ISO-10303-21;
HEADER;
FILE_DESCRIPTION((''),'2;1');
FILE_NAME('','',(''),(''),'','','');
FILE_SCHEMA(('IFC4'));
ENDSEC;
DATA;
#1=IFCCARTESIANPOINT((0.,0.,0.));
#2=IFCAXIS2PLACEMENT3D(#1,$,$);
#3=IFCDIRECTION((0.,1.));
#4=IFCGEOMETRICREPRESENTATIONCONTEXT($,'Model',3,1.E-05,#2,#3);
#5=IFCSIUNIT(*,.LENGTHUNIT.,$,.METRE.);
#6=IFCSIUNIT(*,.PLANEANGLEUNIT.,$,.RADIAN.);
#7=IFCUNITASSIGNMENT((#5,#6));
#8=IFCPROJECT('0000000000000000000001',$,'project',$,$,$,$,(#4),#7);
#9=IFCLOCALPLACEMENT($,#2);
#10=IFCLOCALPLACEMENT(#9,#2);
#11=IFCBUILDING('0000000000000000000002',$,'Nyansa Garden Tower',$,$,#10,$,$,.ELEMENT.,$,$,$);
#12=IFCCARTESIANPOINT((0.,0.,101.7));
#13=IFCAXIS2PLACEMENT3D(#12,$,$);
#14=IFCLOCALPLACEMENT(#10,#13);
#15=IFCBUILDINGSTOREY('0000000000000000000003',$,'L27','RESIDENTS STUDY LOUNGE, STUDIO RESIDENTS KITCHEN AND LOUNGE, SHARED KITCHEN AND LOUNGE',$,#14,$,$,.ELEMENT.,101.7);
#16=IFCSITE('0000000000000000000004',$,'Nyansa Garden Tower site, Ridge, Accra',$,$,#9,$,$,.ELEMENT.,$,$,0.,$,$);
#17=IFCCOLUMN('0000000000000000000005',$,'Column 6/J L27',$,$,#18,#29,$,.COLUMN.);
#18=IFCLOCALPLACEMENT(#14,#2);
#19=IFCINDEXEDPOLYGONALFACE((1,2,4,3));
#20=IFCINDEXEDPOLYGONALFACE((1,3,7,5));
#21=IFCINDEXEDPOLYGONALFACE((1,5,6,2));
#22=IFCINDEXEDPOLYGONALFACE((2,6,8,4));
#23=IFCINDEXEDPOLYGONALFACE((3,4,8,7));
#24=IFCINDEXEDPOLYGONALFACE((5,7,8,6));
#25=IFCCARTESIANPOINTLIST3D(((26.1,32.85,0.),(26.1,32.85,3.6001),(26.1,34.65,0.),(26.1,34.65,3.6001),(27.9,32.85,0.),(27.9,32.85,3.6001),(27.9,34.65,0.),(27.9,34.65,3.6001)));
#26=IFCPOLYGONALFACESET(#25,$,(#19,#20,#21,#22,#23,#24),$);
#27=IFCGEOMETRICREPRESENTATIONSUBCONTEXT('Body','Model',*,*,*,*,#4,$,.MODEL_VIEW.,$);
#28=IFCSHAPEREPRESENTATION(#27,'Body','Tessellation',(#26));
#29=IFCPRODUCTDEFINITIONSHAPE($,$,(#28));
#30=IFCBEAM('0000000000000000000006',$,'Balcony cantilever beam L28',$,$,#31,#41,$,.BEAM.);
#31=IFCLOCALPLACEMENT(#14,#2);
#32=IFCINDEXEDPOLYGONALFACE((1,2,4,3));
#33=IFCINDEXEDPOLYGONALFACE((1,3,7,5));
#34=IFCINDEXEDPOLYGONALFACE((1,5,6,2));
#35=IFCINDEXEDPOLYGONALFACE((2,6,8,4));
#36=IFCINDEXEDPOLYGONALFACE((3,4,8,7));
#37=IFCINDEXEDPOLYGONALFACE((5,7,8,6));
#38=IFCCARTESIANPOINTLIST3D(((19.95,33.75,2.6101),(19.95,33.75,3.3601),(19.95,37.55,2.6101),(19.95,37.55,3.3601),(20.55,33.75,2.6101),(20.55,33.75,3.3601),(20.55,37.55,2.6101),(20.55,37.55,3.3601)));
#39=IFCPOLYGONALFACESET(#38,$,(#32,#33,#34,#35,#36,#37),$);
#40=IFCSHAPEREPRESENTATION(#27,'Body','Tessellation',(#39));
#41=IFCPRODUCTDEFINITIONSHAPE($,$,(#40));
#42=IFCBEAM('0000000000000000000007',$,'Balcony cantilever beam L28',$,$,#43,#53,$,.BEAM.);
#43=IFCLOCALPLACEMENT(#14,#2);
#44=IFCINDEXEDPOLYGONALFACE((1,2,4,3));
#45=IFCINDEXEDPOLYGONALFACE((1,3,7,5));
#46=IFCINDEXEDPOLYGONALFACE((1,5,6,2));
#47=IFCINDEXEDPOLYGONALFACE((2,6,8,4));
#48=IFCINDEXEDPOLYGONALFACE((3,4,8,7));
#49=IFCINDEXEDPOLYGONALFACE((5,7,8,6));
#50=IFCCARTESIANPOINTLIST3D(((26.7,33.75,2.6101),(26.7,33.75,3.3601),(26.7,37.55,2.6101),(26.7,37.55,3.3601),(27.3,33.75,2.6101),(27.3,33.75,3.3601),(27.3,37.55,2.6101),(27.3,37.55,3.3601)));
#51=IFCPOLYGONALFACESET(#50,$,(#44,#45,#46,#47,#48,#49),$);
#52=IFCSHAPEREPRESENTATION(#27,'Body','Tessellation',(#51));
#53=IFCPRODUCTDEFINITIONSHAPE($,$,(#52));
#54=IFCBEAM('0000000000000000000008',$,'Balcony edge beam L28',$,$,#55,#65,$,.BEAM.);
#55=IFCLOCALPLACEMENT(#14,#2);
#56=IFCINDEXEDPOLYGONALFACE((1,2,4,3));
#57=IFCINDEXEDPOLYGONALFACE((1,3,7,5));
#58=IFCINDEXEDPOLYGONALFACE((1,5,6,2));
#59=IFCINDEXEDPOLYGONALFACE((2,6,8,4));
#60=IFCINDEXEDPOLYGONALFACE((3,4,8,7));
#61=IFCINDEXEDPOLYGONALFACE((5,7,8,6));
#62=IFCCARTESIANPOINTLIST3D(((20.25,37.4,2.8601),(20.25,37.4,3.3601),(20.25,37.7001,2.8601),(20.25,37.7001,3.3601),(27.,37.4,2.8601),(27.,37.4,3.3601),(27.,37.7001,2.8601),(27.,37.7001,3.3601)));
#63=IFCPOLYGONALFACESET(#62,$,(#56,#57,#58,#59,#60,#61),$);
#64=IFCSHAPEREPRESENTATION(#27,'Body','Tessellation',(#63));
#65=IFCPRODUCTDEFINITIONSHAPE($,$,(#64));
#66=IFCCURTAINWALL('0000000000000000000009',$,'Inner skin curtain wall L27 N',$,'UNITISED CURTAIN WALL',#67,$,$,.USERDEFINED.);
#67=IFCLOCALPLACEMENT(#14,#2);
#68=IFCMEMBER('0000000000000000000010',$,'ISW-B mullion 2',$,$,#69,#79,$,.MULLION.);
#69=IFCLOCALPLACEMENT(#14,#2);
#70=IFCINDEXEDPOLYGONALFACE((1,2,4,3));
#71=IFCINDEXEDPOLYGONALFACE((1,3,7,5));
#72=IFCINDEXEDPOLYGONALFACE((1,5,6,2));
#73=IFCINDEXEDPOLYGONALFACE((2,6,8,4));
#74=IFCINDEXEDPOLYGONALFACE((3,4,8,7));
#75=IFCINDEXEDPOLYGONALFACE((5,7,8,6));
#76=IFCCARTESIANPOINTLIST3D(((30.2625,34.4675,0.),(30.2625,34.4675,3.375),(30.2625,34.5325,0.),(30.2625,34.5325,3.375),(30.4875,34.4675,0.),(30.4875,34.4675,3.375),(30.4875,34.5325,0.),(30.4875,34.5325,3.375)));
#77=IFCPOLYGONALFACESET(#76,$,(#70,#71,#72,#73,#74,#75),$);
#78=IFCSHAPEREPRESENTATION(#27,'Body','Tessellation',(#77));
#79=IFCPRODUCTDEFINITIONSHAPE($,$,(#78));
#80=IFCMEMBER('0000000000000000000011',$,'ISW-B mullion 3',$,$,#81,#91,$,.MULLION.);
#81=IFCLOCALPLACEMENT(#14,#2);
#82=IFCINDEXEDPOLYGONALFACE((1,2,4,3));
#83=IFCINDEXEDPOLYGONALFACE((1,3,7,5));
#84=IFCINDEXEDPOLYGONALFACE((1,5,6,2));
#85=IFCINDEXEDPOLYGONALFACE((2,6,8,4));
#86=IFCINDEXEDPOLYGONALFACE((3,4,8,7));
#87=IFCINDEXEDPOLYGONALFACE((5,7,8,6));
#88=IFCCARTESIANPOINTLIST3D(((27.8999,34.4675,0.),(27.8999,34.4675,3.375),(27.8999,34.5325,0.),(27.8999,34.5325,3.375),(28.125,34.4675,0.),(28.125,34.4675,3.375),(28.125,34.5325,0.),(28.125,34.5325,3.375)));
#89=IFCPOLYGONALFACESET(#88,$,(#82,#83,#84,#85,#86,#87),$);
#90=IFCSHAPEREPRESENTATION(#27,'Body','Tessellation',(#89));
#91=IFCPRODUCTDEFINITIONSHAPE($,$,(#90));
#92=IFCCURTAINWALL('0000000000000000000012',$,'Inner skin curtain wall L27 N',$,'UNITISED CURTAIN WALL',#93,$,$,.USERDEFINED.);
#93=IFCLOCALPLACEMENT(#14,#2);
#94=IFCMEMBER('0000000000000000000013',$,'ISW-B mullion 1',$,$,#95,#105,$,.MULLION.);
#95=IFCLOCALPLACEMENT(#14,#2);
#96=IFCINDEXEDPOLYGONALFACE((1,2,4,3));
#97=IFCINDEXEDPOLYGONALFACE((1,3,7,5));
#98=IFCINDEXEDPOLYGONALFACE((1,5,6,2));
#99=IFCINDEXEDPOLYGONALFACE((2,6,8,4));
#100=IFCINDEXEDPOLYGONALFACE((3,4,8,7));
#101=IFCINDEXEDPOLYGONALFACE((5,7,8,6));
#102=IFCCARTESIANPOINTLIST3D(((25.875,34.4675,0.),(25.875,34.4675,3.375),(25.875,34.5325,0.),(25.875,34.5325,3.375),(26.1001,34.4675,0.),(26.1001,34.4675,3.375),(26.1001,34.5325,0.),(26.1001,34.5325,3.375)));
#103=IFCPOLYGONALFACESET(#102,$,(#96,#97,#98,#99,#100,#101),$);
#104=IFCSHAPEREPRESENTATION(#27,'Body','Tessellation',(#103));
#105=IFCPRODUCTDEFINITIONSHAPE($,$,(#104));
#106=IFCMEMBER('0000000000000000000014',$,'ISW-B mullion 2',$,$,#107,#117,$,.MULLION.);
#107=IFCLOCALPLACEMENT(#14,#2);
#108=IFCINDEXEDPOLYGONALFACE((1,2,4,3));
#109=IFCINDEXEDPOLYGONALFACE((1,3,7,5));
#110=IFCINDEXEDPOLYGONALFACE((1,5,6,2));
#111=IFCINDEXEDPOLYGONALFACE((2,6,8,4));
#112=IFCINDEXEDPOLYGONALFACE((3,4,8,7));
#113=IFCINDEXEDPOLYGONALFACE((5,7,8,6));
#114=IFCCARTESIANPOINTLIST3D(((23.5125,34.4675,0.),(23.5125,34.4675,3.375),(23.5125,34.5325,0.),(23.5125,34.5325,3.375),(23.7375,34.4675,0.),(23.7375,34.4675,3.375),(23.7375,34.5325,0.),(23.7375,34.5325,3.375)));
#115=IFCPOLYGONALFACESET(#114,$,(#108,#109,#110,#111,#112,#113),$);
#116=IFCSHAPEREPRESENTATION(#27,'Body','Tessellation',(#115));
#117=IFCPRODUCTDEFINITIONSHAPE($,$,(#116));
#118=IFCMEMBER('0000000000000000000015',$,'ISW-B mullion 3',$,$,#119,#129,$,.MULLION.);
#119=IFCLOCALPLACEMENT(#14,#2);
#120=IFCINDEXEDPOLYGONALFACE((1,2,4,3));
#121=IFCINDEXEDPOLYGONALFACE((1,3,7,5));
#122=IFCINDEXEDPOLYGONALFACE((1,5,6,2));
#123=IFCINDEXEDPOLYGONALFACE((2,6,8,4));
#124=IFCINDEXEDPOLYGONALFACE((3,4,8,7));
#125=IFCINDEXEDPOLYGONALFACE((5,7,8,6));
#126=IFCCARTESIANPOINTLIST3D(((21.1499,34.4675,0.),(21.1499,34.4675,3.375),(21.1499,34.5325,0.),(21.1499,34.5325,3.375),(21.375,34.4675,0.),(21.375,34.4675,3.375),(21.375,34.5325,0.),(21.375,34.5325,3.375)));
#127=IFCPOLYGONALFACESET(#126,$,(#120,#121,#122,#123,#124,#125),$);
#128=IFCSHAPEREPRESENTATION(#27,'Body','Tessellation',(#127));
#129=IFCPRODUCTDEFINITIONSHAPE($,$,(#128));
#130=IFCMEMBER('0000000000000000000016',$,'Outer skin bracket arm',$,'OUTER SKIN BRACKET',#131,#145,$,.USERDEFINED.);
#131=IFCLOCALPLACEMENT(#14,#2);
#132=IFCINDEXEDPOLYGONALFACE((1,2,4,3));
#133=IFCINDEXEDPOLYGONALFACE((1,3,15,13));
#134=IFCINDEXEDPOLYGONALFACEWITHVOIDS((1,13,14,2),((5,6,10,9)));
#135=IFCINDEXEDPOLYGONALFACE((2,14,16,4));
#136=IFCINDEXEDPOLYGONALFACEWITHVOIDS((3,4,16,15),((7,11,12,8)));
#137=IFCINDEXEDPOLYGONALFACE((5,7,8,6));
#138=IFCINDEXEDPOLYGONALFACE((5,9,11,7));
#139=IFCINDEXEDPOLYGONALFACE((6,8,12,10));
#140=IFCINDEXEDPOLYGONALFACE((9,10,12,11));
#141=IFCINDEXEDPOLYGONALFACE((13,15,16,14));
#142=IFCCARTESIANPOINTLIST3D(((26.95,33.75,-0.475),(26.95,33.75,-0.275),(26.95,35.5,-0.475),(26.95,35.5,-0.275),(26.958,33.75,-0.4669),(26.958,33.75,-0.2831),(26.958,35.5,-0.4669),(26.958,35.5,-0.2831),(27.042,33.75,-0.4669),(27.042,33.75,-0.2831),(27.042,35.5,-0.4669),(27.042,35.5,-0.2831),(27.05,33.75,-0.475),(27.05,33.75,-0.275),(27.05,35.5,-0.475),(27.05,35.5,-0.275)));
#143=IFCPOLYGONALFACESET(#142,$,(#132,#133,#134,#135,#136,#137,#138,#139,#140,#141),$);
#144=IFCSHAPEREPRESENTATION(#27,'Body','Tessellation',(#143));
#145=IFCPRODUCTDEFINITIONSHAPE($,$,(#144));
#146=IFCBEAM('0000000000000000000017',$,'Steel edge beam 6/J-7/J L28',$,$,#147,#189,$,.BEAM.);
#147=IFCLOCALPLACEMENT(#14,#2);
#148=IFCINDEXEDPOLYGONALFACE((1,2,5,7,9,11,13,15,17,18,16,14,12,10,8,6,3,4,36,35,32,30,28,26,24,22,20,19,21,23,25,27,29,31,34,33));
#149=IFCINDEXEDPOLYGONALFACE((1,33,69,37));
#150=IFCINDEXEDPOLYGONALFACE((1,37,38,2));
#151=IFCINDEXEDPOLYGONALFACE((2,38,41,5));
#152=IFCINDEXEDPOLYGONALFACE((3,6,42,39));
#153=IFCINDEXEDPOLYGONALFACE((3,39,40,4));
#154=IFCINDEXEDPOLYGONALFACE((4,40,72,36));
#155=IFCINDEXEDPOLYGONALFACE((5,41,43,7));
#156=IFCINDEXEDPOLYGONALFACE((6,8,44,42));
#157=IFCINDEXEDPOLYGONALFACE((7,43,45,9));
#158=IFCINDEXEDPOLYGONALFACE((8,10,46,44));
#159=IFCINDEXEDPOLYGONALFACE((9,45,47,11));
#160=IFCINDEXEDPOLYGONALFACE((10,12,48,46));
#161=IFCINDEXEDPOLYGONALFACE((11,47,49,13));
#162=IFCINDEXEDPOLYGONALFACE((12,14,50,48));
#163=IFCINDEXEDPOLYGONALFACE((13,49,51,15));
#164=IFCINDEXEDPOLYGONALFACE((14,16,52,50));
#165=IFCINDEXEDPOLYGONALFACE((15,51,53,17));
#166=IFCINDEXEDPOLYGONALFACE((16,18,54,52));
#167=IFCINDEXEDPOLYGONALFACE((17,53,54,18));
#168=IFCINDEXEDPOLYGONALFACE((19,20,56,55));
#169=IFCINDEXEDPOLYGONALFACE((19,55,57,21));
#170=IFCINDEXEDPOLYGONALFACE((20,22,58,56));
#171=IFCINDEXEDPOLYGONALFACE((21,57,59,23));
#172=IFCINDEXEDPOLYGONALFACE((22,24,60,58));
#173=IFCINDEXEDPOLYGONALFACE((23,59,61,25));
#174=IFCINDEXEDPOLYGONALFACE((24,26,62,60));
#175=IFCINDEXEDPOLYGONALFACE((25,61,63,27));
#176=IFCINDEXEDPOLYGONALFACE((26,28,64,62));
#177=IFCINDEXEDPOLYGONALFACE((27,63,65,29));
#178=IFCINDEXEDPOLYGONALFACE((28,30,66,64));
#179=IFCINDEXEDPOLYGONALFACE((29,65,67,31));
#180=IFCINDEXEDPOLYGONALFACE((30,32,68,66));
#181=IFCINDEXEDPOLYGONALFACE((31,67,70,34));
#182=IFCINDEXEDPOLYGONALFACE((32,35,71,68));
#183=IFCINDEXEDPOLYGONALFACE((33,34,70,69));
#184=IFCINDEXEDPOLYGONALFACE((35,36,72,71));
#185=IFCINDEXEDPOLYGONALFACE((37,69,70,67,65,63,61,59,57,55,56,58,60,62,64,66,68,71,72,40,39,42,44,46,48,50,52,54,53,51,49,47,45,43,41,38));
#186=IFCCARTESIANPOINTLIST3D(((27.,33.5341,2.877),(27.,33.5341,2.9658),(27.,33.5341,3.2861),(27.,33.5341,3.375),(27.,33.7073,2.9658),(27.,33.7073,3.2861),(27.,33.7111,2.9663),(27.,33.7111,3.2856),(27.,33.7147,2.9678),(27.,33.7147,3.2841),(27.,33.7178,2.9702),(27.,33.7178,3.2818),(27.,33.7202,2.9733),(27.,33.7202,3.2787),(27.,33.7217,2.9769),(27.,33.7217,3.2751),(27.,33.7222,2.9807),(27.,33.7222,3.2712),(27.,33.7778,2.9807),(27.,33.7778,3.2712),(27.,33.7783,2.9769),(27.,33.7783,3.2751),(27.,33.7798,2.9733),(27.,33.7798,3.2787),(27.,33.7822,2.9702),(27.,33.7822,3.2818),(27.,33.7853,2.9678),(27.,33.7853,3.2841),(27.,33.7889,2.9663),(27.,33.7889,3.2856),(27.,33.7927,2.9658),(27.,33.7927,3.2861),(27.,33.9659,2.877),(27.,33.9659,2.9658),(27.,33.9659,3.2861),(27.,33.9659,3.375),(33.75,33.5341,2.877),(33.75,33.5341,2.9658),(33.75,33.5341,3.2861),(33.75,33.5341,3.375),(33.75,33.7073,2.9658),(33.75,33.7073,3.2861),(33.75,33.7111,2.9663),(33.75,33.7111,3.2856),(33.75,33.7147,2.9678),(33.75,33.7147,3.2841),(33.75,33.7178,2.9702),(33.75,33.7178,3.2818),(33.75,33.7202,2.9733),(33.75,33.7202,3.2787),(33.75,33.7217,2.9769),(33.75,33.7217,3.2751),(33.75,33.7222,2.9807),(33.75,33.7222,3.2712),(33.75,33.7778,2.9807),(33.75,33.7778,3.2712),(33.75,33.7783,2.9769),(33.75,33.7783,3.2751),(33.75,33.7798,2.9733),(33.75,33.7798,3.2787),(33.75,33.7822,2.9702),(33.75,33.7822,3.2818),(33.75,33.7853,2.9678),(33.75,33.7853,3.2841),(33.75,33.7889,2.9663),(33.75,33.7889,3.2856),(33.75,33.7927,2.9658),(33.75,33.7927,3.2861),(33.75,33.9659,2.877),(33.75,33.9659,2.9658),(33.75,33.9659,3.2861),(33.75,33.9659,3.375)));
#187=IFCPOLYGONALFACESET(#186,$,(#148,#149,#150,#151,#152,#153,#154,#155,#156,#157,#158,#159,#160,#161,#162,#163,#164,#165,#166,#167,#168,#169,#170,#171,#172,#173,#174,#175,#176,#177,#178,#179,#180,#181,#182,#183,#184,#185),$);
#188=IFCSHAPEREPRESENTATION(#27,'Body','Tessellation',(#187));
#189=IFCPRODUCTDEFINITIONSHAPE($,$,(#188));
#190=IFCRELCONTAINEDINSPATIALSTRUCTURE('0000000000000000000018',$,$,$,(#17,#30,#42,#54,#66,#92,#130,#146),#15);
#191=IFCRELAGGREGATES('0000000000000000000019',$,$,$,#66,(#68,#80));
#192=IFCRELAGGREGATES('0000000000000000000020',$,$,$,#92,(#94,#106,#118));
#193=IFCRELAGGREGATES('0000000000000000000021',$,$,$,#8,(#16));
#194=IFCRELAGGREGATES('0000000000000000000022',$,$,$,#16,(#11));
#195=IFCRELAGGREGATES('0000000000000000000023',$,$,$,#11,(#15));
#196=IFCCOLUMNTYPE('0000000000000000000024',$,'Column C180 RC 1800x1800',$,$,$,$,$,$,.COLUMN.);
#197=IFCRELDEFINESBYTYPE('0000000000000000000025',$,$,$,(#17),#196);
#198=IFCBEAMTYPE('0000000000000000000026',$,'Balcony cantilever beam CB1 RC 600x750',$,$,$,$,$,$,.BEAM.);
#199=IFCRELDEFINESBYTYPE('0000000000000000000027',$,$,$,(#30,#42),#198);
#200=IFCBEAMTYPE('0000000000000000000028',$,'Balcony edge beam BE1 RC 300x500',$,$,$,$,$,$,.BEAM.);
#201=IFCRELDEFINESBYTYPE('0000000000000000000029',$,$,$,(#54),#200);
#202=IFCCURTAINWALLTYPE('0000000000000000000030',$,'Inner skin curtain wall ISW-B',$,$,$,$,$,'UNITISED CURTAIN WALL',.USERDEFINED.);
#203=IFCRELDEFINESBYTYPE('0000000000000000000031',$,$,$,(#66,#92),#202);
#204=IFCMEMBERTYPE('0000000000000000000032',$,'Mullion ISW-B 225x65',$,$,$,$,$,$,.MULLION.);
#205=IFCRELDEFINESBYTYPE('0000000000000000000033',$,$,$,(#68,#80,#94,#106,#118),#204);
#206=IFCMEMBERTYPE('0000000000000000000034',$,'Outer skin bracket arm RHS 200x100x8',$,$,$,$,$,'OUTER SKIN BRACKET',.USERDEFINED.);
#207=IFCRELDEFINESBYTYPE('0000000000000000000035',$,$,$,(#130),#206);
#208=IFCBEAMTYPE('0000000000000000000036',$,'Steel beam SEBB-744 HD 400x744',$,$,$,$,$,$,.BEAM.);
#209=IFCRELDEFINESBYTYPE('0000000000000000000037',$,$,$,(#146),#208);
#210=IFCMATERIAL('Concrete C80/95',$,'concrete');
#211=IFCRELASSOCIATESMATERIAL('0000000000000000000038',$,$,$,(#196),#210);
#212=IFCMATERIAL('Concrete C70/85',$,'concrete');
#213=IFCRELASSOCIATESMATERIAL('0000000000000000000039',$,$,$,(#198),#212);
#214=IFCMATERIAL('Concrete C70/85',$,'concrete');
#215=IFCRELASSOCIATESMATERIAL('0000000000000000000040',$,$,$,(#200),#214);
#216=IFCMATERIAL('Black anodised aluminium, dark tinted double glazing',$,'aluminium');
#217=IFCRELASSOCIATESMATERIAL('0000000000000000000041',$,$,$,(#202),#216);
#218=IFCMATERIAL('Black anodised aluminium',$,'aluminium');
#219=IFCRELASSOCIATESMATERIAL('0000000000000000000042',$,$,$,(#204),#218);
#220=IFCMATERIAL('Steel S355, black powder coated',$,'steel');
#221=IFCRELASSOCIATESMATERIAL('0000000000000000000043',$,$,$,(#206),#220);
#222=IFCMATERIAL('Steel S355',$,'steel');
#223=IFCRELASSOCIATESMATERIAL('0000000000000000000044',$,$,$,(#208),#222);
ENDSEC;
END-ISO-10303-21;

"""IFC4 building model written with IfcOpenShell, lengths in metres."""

from ifc_helpers import new_model, si_unit, direction, frame, origin, origin_2d, place, context, subcontext, project, spatial, rectangle, hollow_rectangle, i_section, extrude, material, material_profile, profile_set, type_object, element, aggregate, save


model = new_model("IFC4")

# Units and contexts
model_context = context("Model", 3, precision=1e-05, world=origin(), true_north=direction((0.0, 1.0)))
body_context = subcontext(model_context, "Body", "Model", "MODEL_VIEW")
ifc_project = project(units=[si_unit("LENGTHUNIT", "METRE"), si_unit("PLANEANGLEUNIT", "RADIAN")], contexts=[model_context])

# Site, building, storey
site_placement = place(None, origin())
site = spatial("IfcSite", under=ifc_project, at=site_placement, Name="Nyansa Garden Tower site, Ridge, Accra", CompositionType="ELEMENT", RefElevation=0.0)
building_placement = place(site_placement, origin())
building = spatial("IfcBuilding", under=site, at=building_placement, Name="Nyansa Garden Tower", CompositionType="ELEMENT")
storey_placement = place(building_placement, frame((0.0, 0.0, 101.7)))
storey = spatial("IfcBuildingStorey", under=building, at=storey_placement, Name="L27", Description="RESIDENTS STUDY LOUNGE, STUDIO RESIDENTS KITCHEN AND LOUNGE, SHARED KITCHEN AND LOUNGE", CompositionType="ELEMENT", Elevation=101.7)

# Column
ifc_material_1 = material(Name="Concrete C80/95", Category="concrete")
ifc_material_profile_1 = material_profile(ifc_material_1, rectangle(XDim=1.8, YDim=1.8, at=origin_2d()), Name="RC 1800x1800")
ifc_profile_set_1 = profile_set([ifc_material_profile_1], Name="Concrete C80/95")
column_type = type_object("IfcColumnType", Name="Column C180 RC 1800x1800", PredefinedType="COLUMN", material=ifc_profile_set_1)
column_placement = place(storey_placement, frame((27.0, 33.75, 0.0), z_axis=(0.0, 0.0, 1.0), x_axis=(1.0, 0.0, 0.0)))
element("IfcColumn", 1, at=column_placement, inside=storey, type_object=column_type, Name="Column 6/J L27", PredefinedType="COLUMN", context=body_context, shape_type="SweptSolid", body=[
    extrude(rectangle(XDim=1.8, YDim=1.8, at=origin_2d()), origin(), (0.0, 0.0, 1.0), 3.6001),
])

# Beams
ifc_material_2 = material(Name="Concrete C70/85", Category="concrete")
ifc_material_profile_2 = material_profile(ifc_material_2, rectangle(XDim=0.6001, YDim=0.75, at=origin_2d()), Name="RC 600x750")
ifc_profile_set_2 = profile_set([ifc_material_profile_2], Name="Concrete C70/85")
beam_type_1 = type_object("IfcBeamType", Name="Balcony cantilever beam CB1 RC 600x750", PredefinedType="BEAM", material=ifc_profile_set_2)
for number, where, z_axis, x_axis, name in (
    (2, (20.25, 33.75, 2.9851), (0.0, 1.0, 0.0), (-1.0, 0.0, 0.0), "Balcony cantilever beam L28"),
    (3, (27.0, 33.75, 2.9851), (0.0, 1.0, 0.0), (-1.0, 0.0, 0.0), "Balcony cantilever beam L28"),
):
    element("IfcBeam", number, at=place(storey_placement, frame(where, z_axis=z_axis, x_axis=x_axis)), inside=storey, type_object=beam_type_1, Name=name, PredefinedType="BEAM", context=body_context, shape_type="SweptSolid", body=[
        extrude(rectangle(XDim=0.6001, YDim=0.75, at=origin_2d()), origin(), (0.0, 0.0, 1.0), 3.8),
    ])
ifc_material_3 = material(Name="Concrete C70/85", Category="concrete")
ifc_material_profile_3 = material_profile(ifc_material_3, rectangle(XDim=0.3, YDim=0.5, at=origin_2d()), Name="RC 300x500")
ifc_profile_set_3 = profile_set([ifc_material_profile_3], Name="Concrete C70/85")
beam_type_2 = type_object("IfcBeamType", Name="Balcony edge beam BE1 RC 300x500", PredefinedType="BEAM", material=ifc_profile_set_3)
beam_1_placement = place(storey_placement, frame((20.25, 37.55, 3.1101), z_axis=(1.0, 0.0, 0.0), x_axis=(0.0, 1.0, 0.0)))
element("IfcBeam", 4, at=beam_1_placement, inside=storey, type_object=beam_type_2, Name="Balcony edge beam L28", PredefinedType="BEAM", context=body_context, shape_type="SweptSolid", body=[
    extrude(rectangle(XDim=0.3, YDim=0.5, at=origin_2d()), origin(), (0.0, 0.0, 1.0), 6.75),
])

# Curtain walls, members
ifc_material_4 = material(Name="Black anodised aluminium, dark tinted double glazing", Category="aluminium")
curtain_wall_type = type_object("IfcCurtainWallType", Name="Inner skin curtain wall ISW-B", ElementType="UNITISED CURTAIN WALL", PredefinedType="USERDEFINED", material=ifc_material_4)
curtain_wall_1_placement = place(storey_placement, origin())
curtain_wall_1 = element("IfcCurtainWall", 5, at=curtain_wall_1_placement, inside=storey, type_object=curtain_wall_type, Name="Inner skin curtain wall L27 N", ObjectType="UNITISED CURTAIN WALL", PredefinedType="USERDEFINED")
ifc_material_5 = material(Name="Black anodised aluminium", Category="aluminium")
ifc_material_profile_4 = material_profile(ifc_material_5, rectangle(XDim=0.0649, YDim=0.2251, at=origin_2d()), Name="Mullion 225x65")
ifc_profile_set_4 = profile_set([ifc_material_profile_4], Name="Black anodised aluminium")
member_type_1 = type_object("IfcMemberType", Name="Mullion ISW-B 225x65", PredefinedType="MULLION", material=ifc_profile_set_4)
member_1_placement = place(storey_placement, frame((30.375, 34.5, 0.0), z_axis=(0.0, 0.0, 1.0), x_axis=(0.0, -1.0, 0.0)))
member_1 = element("IfcMember", 6, at=member_1_placement, type_object=member_type_1, Name="ISW-B mullion 2", PredefinedType="MULLION", context=body_context, shape_type="SweptSolid", body=[
    extrude(rectangle(XDim=0.0649, YDim=0.2251, at=origin_2d()), origin(), (0.0, 0.0, 1.0), 3.375),
])
member_2_placement = place(storey_placement, frame((28.0125, 34.5, 0.0), z_axis=(0.0, 0.0, 1.0), x_axis=(0.0, -1.0, 0.0)))
member_2 = element("IfcMember", 7, at=member_2_placement, type_object=member_type_1, Name="ISW-B mullion 3", PredefinedType="MULLION", context=body_context, shape_type="SweptSolid", body=[
    extrude(rectangle(XDim=0.0649, YDim=0.2251, at=origin_2d()), origin(), (0.0, 0.0, 1.0), 3.375),
])
curtain_wall_2_placement = place(storey_placement, origin())
curtain_wall_2 = element("IfcCurtainWall", 8, at=curtain_wall_2_placement, inside=storey, type_object=curtain_wall_type, Name="Inner skin curtain wall L27 N", ObjectType="UNITISED CURTAIN WALL", PredefinedType="USERDEFINED")
member_3_placement = place(storey_placement, frame((25.9875, 34.5, 0.0), z_axis=(0.0, 0.0, 1.0), x_axis=(0.0, -1.0, 0.0)))
member_3 = element("IfcMember", 9, at=member_3_placement, type_object=member_type_1, Name="ISW-B mullion 1", PredefinedType="MULLION", context=body_context, shape_type="SweptSolid", body=[
    extrude(rectangle(XDim=0.0649, YDim=0.2251, at=origin_2d()), origin(), (0.0, 0.0, 1.0), 3.375),
])
member_4_placement = place(storey_placement, frame((23.625, 34.5, 0.0), z_axis=(0.0, 0.0, 1.0), x_axis=(0.0, -1.0, 0.0)))
member_4 = element("IfcMember", 10, at=member_4_placement, type_object=member_type_1, Name="ISW-B mullion 2", PredefinedType="MULLION", context=body_context, shape_type="SweptSolid", body=[
    extrude(rectangle(XDim=0.0649, YDim=0.2251, at=origin_2d()), origin(), (0.0, 0.0, 1.0), 3.375),
])
member_5_placement = place(storey_placement, frame((21.2625, 34.5, 0.0), z_axis=(0.0, 0.0, 1.0), x_axis=(0.0, -1.0, 0.0)))
member_5 = element("IfcMember", 11, at=member_5_placement, type_object=member_type_1, Name="ISW-B mullion 3", PredefinedType="MULLION", context=body_context, shape_type="SweptSolid", body=[
    extrude(rectangle(XDim=0.0649, YDim=0.2251, at=origin_2d()), origin(), (0.0, 0.0, 1.0), 3.375),
])

# Member
ifc_material_6 = material(Name="Steel S355, black powder coated", Category="steel")
ifc_material_profile_5 = material_profile(ifc_material_6, hollow_rectangle(XDim=0.1001, YDim=0.2, WallThickness=0.0081, at=origin_2d()), Name="RHS 200x100x8")
ifc_profile_set_5 = profile_set([ifc_material_profile_5], Name="Steel S355, black powder coated")
member_type_2 = type_object("IfcMemberType", Name="Outer skin bracket arm RHS 200x100x8", ElementType="OUTER SKIN BRACKET", PredefinedType="USERDEFINED", material=ifc_profile_set_5)
member_6_placement = place(storey_placement, frame((27.0, 33.75, -0.375), z_axis=(0.0, 1.0, 0.0), x_axis=(-1.0, 0.0, 0.0)))
element("IfcMember", 12, at=member_6_placement, inside=storey, type_object=member_type_2, Name="Outer skin bracket arm", ObjectType="OUTER SKIN BRACKET", PredefinedType="USERDEFINED", context=body_context, shape_type="SweptSolid", body=[
    extrude(hollow_rectangle(XDim=0.1001, YDim=0.2, WallThickness=0.0081, at=origin_2d()), origin(), (0.0, 0.0, 1.0), 1.75),
])

# Beam
ifc_material_7 = material(Name="Steel S355", Category="steel")
ifc_material_profile_6 = material_profile(ifc_material_7, i_section(OverallWidth=0.4319, OverallDepth=0.498, WebThickness=0.0557, FlangeThickness=0.0889, FilletRadius=0.0149, at=origin_2d()), Name="HD 400x744")
ifc_profile_set_6 = profile_set([ifc_material_profile_6], Name="Steel S355")
beam_type_3 = type_object("IfcBeamType", Name="Steel beam SEBB-744 HD 400x744", PredefinedType="BEAM", material=ifc_profile_set_6)
beam_2_placement = place(storey_placement, frame((27.0, 33.75, 3.126), z_axis=(1.0, 0.0, 0.0), x_axis=(0.0, 1.0, 0.0)))
element("IfcBeam", 13, at=beam_2_placement, inside=storey, type_object=beam_type_3, Name="Steel edge beam 6/J-7/J L28", PredefinedType="BEAM", context=body_context, shape_type="SweptSolid", body=[
    extrude(i_section(OverallWidth=0.4319, OverallDepth=0.498, WebThickness=0.0557, FlangeThickness=0.0889, FilletRadius=0.0149, at=origin_2d()), origin(), (0.0, 0.0, 1.0), 6.75),
])

aggregate(curtain_wall_1, [member_1, member_2])
aggregate(curtain_wall_2, [member_3, member_4, member_5])

save(model, "model.ifc")
